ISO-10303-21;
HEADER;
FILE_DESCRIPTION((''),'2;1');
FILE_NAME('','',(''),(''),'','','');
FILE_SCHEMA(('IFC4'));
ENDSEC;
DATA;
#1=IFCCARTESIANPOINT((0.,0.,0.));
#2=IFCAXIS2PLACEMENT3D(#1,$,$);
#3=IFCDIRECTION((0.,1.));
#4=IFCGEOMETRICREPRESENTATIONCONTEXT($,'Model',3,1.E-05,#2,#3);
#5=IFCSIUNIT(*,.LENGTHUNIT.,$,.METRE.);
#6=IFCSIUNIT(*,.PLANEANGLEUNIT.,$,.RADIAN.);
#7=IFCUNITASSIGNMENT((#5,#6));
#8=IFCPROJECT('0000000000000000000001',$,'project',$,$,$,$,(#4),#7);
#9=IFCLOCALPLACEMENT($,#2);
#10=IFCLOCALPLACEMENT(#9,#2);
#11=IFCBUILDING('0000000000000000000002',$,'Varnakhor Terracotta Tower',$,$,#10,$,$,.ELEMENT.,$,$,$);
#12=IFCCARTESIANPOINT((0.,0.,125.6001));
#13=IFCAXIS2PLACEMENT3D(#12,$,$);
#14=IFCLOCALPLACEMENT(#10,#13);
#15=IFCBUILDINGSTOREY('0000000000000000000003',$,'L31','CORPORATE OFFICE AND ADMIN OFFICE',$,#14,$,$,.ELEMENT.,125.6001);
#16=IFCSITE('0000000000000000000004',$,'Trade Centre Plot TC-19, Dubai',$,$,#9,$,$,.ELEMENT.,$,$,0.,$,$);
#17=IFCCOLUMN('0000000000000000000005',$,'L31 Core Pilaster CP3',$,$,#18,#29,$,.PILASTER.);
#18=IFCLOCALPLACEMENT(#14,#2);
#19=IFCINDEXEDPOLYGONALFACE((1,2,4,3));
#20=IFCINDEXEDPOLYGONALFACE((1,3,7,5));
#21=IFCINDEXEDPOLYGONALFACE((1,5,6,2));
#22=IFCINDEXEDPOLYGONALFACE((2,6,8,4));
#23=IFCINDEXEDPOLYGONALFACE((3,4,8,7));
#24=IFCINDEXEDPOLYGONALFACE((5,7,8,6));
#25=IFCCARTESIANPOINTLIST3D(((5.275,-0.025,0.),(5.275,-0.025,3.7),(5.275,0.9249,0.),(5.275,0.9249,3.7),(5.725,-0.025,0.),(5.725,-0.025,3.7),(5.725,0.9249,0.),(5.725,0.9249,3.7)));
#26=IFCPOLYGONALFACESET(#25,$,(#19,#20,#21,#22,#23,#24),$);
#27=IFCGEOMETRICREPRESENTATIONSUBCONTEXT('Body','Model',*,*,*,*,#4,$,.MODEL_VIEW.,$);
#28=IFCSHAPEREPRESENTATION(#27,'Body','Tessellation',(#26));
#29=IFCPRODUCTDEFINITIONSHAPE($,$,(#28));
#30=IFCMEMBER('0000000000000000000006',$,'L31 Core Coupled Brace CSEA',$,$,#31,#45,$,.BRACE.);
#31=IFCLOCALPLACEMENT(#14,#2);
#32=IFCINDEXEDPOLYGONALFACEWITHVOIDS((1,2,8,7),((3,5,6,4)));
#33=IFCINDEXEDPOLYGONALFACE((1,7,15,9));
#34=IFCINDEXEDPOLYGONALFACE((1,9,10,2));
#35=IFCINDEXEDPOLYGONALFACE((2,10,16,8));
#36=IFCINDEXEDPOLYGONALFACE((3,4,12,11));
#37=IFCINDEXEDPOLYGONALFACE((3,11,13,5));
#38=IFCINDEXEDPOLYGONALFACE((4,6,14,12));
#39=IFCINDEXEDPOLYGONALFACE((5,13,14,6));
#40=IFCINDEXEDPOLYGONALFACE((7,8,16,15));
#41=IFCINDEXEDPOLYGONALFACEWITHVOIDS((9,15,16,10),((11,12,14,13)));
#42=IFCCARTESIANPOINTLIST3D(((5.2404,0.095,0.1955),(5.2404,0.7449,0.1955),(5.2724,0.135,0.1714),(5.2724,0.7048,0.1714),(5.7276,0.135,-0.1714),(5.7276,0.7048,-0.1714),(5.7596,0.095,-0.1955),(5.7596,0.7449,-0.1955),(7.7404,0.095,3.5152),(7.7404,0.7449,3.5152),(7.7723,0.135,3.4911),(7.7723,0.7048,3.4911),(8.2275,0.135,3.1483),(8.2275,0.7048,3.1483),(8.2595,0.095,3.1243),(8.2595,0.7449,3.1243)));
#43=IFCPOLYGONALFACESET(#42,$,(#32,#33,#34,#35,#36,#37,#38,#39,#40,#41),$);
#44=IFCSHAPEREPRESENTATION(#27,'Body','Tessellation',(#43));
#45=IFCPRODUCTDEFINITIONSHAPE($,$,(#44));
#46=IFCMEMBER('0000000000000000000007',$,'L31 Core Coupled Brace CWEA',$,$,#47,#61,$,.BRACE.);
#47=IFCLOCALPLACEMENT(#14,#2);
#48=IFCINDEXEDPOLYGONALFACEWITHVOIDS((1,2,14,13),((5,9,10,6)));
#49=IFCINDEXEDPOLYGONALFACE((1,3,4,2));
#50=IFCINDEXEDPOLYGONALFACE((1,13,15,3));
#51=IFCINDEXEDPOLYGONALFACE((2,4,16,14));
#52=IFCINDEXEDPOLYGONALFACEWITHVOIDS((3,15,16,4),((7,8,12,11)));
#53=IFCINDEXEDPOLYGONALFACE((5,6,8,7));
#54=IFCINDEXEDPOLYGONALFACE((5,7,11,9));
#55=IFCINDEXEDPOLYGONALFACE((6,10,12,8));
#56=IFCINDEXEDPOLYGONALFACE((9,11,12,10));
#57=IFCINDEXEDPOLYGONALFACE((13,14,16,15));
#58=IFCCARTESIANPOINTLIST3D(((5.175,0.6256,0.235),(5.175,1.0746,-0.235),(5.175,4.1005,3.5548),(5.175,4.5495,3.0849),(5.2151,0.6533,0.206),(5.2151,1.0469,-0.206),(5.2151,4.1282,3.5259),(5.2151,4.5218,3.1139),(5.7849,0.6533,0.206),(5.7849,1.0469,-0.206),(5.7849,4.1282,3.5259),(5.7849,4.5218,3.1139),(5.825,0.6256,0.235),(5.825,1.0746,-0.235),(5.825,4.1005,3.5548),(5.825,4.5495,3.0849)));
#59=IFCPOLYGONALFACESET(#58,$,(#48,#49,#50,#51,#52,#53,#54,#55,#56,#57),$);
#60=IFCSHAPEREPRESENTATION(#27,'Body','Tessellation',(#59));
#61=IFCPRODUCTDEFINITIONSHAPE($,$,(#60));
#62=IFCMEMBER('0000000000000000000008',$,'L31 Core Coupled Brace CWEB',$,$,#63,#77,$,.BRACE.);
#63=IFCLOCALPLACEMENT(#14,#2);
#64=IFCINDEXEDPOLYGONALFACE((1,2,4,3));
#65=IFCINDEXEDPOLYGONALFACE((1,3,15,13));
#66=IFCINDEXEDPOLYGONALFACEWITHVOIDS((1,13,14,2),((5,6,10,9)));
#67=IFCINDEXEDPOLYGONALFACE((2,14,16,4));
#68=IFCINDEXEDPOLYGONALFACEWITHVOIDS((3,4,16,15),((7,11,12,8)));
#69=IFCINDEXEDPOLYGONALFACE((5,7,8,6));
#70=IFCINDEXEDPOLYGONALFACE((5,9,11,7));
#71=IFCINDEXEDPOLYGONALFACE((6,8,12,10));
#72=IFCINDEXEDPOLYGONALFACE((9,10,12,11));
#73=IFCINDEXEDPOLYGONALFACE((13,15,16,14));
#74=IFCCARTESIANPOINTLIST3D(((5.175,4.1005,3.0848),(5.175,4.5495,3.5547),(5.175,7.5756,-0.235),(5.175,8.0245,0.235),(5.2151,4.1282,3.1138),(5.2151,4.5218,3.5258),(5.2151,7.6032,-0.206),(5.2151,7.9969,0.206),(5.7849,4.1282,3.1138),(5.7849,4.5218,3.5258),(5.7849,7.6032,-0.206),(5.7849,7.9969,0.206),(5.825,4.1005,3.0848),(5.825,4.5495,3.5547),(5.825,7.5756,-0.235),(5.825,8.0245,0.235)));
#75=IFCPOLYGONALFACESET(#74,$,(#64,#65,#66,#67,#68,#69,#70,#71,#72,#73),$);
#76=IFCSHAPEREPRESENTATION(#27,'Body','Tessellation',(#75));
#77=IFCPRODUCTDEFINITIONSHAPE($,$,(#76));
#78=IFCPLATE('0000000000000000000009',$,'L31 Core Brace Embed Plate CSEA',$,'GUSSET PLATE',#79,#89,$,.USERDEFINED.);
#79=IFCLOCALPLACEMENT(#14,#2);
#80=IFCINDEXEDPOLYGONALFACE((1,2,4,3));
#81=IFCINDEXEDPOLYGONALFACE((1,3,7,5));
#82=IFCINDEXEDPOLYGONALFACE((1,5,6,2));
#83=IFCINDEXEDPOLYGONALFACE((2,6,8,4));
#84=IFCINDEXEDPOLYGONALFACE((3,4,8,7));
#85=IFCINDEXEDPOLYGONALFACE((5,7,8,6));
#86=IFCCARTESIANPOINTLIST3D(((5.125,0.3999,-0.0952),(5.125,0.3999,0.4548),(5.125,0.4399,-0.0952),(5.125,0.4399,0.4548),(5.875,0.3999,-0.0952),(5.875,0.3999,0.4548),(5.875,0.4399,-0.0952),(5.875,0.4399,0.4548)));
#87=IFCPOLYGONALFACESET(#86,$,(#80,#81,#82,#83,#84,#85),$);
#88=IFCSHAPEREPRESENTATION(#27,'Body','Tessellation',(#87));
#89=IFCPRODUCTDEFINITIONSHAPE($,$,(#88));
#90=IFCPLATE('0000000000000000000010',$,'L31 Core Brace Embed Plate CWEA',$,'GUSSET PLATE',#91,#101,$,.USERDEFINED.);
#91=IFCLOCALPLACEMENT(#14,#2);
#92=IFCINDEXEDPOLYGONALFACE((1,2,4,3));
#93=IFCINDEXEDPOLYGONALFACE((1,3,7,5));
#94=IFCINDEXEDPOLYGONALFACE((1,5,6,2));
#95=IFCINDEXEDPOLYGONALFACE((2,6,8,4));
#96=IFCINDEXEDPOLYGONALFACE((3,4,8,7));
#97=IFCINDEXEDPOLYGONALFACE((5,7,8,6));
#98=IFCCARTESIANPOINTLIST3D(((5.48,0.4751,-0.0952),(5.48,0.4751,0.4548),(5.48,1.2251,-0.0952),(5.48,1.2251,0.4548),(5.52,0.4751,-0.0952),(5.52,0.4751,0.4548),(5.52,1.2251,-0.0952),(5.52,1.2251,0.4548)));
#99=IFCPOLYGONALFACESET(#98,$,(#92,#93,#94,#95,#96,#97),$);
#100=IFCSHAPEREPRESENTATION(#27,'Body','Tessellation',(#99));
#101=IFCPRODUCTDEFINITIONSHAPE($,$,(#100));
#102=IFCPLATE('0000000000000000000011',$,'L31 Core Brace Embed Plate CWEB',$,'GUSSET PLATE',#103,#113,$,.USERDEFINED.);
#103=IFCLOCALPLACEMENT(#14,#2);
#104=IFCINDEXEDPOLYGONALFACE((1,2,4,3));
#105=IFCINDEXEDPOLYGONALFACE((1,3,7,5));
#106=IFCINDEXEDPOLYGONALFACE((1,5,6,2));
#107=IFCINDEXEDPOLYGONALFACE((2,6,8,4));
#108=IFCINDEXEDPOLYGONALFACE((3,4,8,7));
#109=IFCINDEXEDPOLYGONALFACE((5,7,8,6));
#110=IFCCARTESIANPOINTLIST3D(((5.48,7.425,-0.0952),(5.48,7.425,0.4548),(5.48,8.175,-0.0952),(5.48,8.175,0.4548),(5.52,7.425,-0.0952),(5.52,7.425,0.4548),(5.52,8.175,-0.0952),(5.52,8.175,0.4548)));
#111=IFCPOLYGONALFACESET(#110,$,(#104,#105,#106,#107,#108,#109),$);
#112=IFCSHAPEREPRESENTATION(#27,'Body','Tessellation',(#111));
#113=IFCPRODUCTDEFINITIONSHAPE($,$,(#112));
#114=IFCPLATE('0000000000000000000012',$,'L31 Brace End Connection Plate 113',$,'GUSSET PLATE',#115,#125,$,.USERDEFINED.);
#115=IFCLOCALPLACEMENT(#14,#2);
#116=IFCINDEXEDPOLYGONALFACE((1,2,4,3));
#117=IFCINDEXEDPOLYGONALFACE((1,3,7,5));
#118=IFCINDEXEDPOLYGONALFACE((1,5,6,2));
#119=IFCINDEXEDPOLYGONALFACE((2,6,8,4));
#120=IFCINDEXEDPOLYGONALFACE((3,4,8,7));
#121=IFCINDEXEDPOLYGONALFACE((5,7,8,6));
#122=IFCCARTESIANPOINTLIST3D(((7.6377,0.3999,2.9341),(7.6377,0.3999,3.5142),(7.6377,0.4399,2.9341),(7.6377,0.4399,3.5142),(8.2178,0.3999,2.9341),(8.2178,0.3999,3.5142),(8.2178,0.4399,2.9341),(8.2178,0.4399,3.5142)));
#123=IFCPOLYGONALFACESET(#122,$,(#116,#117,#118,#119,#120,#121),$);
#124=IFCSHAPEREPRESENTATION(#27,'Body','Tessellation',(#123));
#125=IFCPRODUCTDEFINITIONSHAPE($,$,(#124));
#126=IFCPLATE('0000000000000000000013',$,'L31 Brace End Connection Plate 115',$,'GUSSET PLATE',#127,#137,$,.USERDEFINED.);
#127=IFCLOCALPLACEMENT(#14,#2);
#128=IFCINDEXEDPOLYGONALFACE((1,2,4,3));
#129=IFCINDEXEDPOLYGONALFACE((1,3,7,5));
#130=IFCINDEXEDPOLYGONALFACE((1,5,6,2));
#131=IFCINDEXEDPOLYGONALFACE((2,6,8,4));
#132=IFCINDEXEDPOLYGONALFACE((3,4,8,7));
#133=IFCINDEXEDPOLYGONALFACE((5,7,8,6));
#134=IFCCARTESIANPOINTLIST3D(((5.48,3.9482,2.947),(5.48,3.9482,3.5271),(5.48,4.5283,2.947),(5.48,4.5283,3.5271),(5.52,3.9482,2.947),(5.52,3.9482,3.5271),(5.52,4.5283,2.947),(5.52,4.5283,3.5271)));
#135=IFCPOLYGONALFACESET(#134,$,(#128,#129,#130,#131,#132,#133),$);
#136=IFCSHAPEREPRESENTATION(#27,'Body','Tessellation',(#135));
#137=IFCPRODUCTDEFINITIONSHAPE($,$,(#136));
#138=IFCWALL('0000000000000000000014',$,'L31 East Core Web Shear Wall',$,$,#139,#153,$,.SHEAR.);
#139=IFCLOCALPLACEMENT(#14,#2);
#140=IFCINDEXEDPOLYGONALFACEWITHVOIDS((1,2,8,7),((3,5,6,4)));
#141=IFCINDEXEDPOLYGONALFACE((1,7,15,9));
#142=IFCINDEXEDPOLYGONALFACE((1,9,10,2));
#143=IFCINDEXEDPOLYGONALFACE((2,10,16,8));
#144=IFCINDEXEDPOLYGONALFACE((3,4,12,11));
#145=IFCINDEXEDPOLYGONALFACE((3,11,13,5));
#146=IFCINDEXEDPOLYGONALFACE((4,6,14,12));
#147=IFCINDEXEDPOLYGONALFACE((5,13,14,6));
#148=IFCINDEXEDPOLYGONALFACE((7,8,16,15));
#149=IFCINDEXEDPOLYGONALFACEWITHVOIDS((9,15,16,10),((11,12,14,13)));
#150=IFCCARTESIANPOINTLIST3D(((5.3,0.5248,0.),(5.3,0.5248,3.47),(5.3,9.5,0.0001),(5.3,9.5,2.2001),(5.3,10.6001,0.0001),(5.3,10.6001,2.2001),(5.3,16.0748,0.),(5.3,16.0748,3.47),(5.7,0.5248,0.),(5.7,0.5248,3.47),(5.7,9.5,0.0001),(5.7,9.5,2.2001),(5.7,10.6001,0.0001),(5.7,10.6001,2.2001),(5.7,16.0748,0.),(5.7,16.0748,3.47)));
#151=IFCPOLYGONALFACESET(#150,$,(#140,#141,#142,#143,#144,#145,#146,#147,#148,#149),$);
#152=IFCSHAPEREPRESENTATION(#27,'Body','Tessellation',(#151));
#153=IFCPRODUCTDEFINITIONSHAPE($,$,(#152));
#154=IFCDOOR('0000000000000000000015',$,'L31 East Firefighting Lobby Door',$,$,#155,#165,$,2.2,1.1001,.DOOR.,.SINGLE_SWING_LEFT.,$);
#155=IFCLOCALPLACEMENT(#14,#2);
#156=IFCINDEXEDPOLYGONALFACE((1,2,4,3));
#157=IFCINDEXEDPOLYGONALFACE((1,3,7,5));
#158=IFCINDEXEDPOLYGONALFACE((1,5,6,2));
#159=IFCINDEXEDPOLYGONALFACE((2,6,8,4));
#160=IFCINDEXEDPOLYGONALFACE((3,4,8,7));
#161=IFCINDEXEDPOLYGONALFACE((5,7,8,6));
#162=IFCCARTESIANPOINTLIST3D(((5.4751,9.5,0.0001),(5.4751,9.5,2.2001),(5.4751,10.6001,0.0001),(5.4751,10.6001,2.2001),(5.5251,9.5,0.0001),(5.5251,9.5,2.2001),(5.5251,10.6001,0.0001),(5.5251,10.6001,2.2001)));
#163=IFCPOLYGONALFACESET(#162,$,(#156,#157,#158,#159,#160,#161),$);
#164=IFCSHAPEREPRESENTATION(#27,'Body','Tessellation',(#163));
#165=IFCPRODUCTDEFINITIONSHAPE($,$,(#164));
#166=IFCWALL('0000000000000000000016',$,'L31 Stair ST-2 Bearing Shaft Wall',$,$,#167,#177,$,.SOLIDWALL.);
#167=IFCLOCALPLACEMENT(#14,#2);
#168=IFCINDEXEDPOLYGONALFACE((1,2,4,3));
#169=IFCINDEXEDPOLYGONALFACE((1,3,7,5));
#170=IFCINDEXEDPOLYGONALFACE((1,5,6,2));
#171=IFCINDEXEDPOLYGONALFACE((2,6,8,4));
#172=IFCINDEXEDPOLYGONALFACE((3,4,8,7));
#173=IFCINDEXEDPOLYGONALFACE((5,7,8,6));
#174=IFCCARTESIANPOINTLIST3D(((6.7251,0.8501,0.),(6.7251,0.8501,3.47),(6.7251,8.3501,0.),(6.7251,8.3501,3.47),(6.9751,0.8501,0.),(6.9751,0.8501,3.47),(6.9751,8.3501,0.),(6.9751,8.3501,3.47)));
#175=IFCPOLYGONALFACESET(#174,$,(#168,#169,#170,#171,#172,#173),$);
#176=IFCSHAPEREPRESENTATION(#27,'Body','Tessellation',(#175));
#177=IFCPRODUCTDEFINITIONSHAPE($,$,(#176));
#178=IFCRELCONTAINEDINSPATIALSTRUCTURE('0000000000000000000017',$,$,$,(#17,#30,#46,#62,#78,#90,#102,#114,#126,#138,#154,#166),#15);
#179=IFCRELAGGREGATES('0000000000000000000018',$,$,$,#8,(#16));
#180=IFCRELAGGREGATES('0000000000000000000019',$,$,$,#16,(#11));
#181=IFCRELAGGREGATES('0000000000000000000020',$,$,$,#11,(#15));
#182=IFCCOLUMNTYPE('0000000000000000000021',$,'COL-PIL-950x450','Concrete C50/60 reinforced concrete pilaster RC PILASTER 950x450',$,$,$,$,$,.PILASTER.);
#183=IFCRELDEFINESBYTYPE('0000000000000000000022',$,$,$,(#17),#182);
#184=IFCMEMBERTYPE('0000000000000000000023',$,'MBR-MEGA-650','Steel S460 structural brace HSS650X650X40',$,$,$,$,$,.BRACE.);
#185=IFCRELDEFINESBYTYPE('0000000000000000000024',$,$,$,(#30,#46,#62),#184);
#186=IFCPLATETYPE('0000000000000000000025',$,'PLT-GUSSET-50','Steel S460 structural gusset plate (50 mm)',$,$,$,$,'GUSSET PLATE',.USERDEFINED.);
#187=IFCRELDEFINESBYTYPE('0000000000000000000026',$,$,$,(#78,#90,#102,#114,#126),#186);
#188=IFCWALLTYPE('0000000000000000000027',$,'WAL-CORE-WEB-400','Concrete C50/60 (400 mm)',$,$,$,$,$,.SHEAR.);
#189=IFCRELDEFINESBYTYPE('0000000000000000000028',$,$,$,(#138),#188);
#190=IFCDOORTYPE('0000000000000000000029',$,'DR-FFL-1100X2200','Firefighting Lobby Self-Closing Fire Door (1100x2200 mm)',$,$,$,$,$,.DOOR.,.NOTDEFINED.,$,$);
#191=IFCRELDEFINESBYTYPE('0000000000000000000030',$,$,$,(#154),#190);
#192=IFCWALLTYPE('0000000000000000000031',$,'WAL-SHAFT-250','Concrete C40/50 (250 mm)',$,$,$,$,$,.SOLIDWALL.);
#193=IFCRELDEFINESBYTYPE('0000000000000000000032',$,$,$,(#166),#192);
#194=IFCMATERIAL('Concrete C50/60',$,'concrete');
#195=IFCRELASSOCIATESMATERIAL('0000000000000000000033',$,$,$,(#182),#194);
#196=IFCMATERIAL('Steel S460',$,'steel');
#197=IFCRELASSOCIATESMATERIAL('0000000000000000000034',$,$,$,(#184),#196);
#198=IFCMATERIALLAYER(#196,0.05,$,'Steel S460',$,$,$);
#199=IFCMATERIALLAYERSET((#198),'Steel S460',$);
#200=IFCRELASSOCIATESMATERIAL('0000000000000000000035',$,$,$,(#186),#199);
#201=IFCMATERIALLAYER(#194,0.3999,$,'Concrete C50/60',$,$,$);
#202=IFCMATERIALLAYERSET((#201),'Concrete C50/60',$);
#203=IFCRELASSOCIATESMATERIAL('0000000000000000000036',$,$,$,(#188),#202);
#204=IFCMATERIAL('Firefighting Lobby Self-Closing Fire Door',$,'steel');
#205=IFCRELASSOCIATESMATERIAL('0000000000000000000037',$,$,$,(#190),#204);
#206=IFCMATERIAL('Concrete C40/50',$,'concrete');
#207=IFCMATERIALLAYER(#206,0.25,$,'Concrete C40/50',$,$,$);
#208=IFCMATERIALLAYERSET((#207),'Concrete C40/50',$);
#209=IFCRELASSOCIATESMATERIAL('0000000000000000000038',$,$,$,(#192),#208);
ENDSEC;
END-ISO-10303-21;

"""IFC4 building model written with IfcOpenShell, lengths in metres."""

from ifc_helpers import new_model, si_unit, direction, frame, frame_2d, origin, origin_2d, place, context, subcontext, project, spatial, rectangle, hollow_rectangle, extrude, source, transform, mapped, material, layer, layer_set, material_profile, profile_set, type_object, type_shapes, element, fill, save


model = new_model("IFC4")

# Units and contexts
model_context = context("Model", 3, precision=1e-05, world=origin(), true_north=direction((0.0, 1.0)))
body_context = subcontext(model_context, "Body", "Model", "MODEL_VIEW")
ifc_project = project(units=[si_unit("LENGTHUNIT", "METRE"), si_unit("PLANEANGLEUNIT", "RADIAN")], contexts=[model_context])

# Site, building, storey
site_placement = place(None, origin())
site = spatial("IfcSite", under=ifc_project, at=site_placement, Name="Trade Centre Plot TC-19, Dubai", CompositionType="ELEMENT", RefElevation=0.0)
building_placement = place(site_placement, origin())
building = spatial("IfcBuilding", under=site, at=building_placement, Name="Varnakhor Terracotta Tower", CompositionType="ELEMENT")
storey_placement = place(building_placement, frame((0.0, 0.0, 125.6001)))
storey = spatial("IfcBuildingStorey", under=building, at=storey_placement, Name="L31", Description="CORPORATE OFFICE AND ADMIN OFFICE", CompositionType="ELEMENT", Elevation=125.6001)

# Column
ifc_material_1 = material(Name="Concrete C50/60", Category="concrete")
ifc_material_profile_1 = material_profile(ifc_material_1, rectangle(XDim=0.45, YDim=0.95, at=origin_2d()), Name="RC PILASTER 950x450")
ifc_profile_set_1 = profile_set([ifc_material_profile_1], Name="Concrete C50/60")
column_type = type_object("IfcColumnType", Name="COL-PIL-950x450", Description="Concrete C50/60 reinforced concrete pilaster RC PILASTER 950x450", PredefinedType="PILASTER", material=ifc_profile_set_1)
shared_shape_1 = source(origin(), body_context, "Body", "SweptSolid", [
    extrude(rectangle(XDim=0.45, YDim=0.95, at=origin_2d()), origin(), (0.0, 0.0, 1.0), 3.7),
])
column_placement = place(storey_placement, frame((5.5, 0.45, 0.0), z_axis=(0.0, 0.0, 1.0), x_axis=(1.0, 0.0, 0.0)))
element("IfcColumn", 1, at=column_placement, inside=storey, type_object=column_type, Name="L31 Core Pilaster CP3", PredefinedType="PILASTER", context=body_context, shape_type="MappedRepresentation", body=[
    mapped(shared_shape_1, transform((0.0, 0.0, 0.0), scale=1.0)),
])

# Members
ifc_material_2 = material(Name="Steel S460", Category="steel")
ifc_material_profile_2 = material_profile(ifc_material_2, hollow_rectangle(XDim=0.6499, YDim=0.6499, WallThickness=0.04, at=origin_2d()), Name="HSS650X650X40")
ifc_profile_set_2 = profile_set([ifc_material_profile_2], Name="Steel S460")
member_type = type_object("IfcMemberType", Name="MBR-MEGA-650", Description="Steel S460 structural brace HSS650X650X40", PredefinedType="BRACE", material=ifc_profile_set_2)
shared_shape_2 = source(origin(), body_context, "Body", "SweptSolid", [
    extrude(hollow_rectangle(XDim=0.6499, YDim=0.6499, WallThickness=0.04, at=origin_2d()), origin(), (0.0, 0.0, 1.0), 4.1558),
])
member_placement = place(storey_placement, frame((5.5, 0.4199, 0.0), z_axis=(0.601559, 0.0, 0.798828), x_axis=(0.0, 1.0, 0.0)))
element("IfcMember", 2, at=member_placement, inside=storey, type_object=member_type, Name="L31 Core Coupled Brace CSEA", PredefinedType="BRACE", context=body_context, shape_type="MappedRepresentation", body=[
    mapped(shared_shape_2, transform((0.0, 0.0, 0.0), scale=1.0)),
])
shared_shape_3 = source(origin(), body_context, "Body", "SweptSolid", [
    extrude(hollow_rectangle(XDim=0.6499, YDim=0.6499, WallThickness=0.04, at=origin_2d()), origin(), (0.0, 0.0, 1.0), 4.8059),
])
for number, where, z_axis, x_axis, name in (
    (3, (5.5, 0.8501, 0.0), (0.0, 0.723052, 0.690793), (-1.0, 0.0, 0.0), "L31 Core Coupled Brace CWEA"),
    (4, (5.5, 7.8, 0.0), (0.0, -0.723076, 0.690768), (1.0, 0.0, 0.0), "L31 Core Coupled Brace CWEB"),
):
    element("IfcMember", number, at=place(storey_placement, frame(where, z_axis=z_axis, x_axis=x_axis)), inside=storey, type_object=member_type, Name=name, PredefinedType="BRACE", context=body_context, shape_type="MappedRepresentation", body=[
        mapped(shared_shape_3, transform((0.0, 0.0, 0.0), scale=1.0)),
    ])

# Plates
ifc_layer_1 = layer(ifc_material_2, 0.05, Name="Steel S460")
ifc_layer_set_1 = layer_set([ifc_layer_1], Name="Steel S460")
plate_type = type_object("IfcPlateType", Name="PLT-GUSSET-50", Description="Steel S460 structural gusset plate (50 mm)", ElementType="GUSSET PLATE", PredefinedType="USERDEFINED", material=ifc_layer_set_1)
shared_shape_4 = source(origin(), body_context, "Body", "SweptSolid", [
    extrude(rectangle(XDim=0.75, YDim=0.04, at=origin_2d()), origin(), (0.0, 0.0, 1.0), 0.55),
])
type_shapes(plate_type, [shared_shape_4])
for number, where, z_axis, x_axis, name in (
    (5, (5.5, 0.4199, -0.0952), (0.0, 0.0, 1.0), (1.0, 0.0, 0.0), "L31 Core Brace Embed Plate CSEA"),
    (6, (5.5, 0.8501, -0.0952), (0.0, 0.0, 1.0), (0.0, 1.0, 0.0), "L31 Core Brace Embed Plate CWEA"),
    (7, (5.5, 7.8, -0.0952), (0.0, 0.0, 1.0), (0.0, 1.0, 0.0), "L31 Core Brace Embed Plate CWEB"),
):
    element("IfcPlate", number, at=place(storey_placement, frame(where, z_axis=z_axis, x_axis=x_axis)), inside=storey, type_object=plate_type, Name=name, ObjectType="GUSSET PLATE", PredefinedType="USERDEFINED", context=body_context, shape_type="MappedRepresentation", body=[
        mapped(shared_shape_4, transform((0.0, 0.0, 0.0), scale=1.0)),
    ])
shared_shape_5 = source(origin(), body_context, "Body", "SweptSolid", [
    extrude(rectangle(XDim=0.5801, YDim=0.04, at=origin_2d()), origin(), (0.0, 0.0, 1.0), 0.5801),
])
for number, where, z_axis, x_axis, name in (
    (8, (7.9277, 0.4199, 2.9341), (0.0, 0.0, 1.0), (1.0, 0.0, 0.0), "L31 Brace End Connection Plate 113"),
    (9, (5.5, 4.2383, 2.947), (0.0, 0.0, 1.0), (0.0, 1.0, 0.0), "L31 Brace End Connection Plate 115"),
):
    element("IfcPlate", number, at=place(storey_placement, frame(where, z_axis=z_axis, x_axis=x_axis)), inside=storey, type_object=plate_type, Name=name, ObjectType="GUSSET PLATE", PredefinedType="USERDEFINED", context=body_context, shape_type="MappedRepresentation", body=[
        mapped(shared_shape_5, transform((0.0, 0.0, 0.0), scale=1.0)),
    ])

# Wall, opening, door
ifc_layer_2 = layer(ifc_material_1, 0.3999, Name="Concrete C50/60")
ifc_layer_set_2 = layer_set([ifc_layer_2], Name="Concrete C50/60")
wall_type_1 = type_object("IfcWallType", Name="WAL-CORE-WEB-400", Description="Concrete C50/60 (400 mm)", PredefinedType="SHEAR", material=ifc_layer_set_2)
wall_1_placement = place(storey_placement, frame((5.5, 0.5249, 0.0), z_axis=(0.0, 0.0, 1.0), x_axis=(0.0, 1.0, 0.0)))
wall_1 = element("IfcWall", 10, at=wall_1_placement, inside=storey, type_object=wall_type_1, Name="L31 East Core Web Shear Wall", PredefinedType="SHEAR", context=body_context, shape_type="SweptSolid", body=[
    extrude(rectangle(XDim=15.55, YDim=0.3999, at=frame_2d((7.7749, 0.0))), origin(), (0.0, 0.0, 1.0), 3.47),
])
opening_placement = place(wall_1_placement, frame((8.9751, 0.0, 0.0)))
opening = element("IfcOpeningElement", 11, at=opening_placement, cuts=wall_1, PredefinedType="OPENING", context=body_context, shape_type="SweptSolid", body=[
    extrude(rectangle(XDim=1.1001, YDim=2.2, at=frame_2d((0.55, 1.1001))), frame((0.0, 0.21, 0.0), z_axis=(0.0, -1.0, 0.0), x_axis=(1.0, 0.0, 0.0)), (0.0, 0.0, 1.0), 0.4199),
])
ifc_material_3 = material(Name="Firefighting Lobby Self-Closing Fire Door", Category="steel")
door_type = type_object("IfcDoorType", Name="DR-FFL-1100X2200", Description="Firefighting Lobby Self-Closing Fire Door (1100x2200 mm)", OperationType="NOTDEFINED", PredefinedType="DOOR", material=ifc_material_3)
shared_shape_6 = source(origin(), body_context, "Body", "SweptSolid", [
    extrude(rectangle(XDim=1.1001, YDim=2.2, at=frame_2d((0.55, 1.1001))), frame((0.0, 0.0249, 0.0), z_axis=(0.0, -1.0, 0.0), x_axis=(1.0, 0.0, 0.0)), (0.0, 0.0, 1.0), 0.05),
])
type_shapes(door_type, [shared_shape_6])
door_placement = place(opening_placement, origin())
door = element("IfcDoor", 12, at=door_placement, inside=storey, type_object=door_type, Name="L31 East Firefighting Lobby Door", OperationType="SINGLE_SWING_LEFT", OverallHeight=2.2, OverallWidth=1.1001, PredefinedType="DOOR", context=body_context, shape_type="MappedRepresentation", body=[
    mapped(shared_shape_6, transform((0.0, 0.0, 0.0), scale=1.0)),
])
fill(opening, door)

# Wall
ifc_material_4 = material(Name="Concrete C40/50", Category="concrete")
ifc_layer_3 = layer(ifc_material_4, 0.25, Name="Concrete C40/50")
ifc_layer_set_3 = layer_set([ifc_layer_3], Name="Concrete C40/50")
wall_type_2 = type_object("IfcWallType", Name="WAL-SHAFT-250", Description="Concrete C40/50 (250 mm)", PredefinedType="SOLIDWALL", material=ifc_layer_set_3)
wall_2_placement = place(storey_placement, frame((6.8501, 0.8501, 0.0), z_axis=(0.0, 0.0, 1.0), x_axis=(0.0, 1.0, 0.0)))
element("IfcWall", 13, at=wall_2_placement, inside=storey, type_object=wall_type_2, Name="L31 Stair ST-2 Bearing Shaft Wall", PredefinedType="SOLIDWALL", context=body_context, shape_type="SweptSolid", body=[
    extrude(rectangle(XDim=7.5, YDim=0.25, at=frame_2d((3.75, 0.0))), origin(), (0.0, 0.0, 1.0), 3.47),
])

save(model, "model.ifc")
